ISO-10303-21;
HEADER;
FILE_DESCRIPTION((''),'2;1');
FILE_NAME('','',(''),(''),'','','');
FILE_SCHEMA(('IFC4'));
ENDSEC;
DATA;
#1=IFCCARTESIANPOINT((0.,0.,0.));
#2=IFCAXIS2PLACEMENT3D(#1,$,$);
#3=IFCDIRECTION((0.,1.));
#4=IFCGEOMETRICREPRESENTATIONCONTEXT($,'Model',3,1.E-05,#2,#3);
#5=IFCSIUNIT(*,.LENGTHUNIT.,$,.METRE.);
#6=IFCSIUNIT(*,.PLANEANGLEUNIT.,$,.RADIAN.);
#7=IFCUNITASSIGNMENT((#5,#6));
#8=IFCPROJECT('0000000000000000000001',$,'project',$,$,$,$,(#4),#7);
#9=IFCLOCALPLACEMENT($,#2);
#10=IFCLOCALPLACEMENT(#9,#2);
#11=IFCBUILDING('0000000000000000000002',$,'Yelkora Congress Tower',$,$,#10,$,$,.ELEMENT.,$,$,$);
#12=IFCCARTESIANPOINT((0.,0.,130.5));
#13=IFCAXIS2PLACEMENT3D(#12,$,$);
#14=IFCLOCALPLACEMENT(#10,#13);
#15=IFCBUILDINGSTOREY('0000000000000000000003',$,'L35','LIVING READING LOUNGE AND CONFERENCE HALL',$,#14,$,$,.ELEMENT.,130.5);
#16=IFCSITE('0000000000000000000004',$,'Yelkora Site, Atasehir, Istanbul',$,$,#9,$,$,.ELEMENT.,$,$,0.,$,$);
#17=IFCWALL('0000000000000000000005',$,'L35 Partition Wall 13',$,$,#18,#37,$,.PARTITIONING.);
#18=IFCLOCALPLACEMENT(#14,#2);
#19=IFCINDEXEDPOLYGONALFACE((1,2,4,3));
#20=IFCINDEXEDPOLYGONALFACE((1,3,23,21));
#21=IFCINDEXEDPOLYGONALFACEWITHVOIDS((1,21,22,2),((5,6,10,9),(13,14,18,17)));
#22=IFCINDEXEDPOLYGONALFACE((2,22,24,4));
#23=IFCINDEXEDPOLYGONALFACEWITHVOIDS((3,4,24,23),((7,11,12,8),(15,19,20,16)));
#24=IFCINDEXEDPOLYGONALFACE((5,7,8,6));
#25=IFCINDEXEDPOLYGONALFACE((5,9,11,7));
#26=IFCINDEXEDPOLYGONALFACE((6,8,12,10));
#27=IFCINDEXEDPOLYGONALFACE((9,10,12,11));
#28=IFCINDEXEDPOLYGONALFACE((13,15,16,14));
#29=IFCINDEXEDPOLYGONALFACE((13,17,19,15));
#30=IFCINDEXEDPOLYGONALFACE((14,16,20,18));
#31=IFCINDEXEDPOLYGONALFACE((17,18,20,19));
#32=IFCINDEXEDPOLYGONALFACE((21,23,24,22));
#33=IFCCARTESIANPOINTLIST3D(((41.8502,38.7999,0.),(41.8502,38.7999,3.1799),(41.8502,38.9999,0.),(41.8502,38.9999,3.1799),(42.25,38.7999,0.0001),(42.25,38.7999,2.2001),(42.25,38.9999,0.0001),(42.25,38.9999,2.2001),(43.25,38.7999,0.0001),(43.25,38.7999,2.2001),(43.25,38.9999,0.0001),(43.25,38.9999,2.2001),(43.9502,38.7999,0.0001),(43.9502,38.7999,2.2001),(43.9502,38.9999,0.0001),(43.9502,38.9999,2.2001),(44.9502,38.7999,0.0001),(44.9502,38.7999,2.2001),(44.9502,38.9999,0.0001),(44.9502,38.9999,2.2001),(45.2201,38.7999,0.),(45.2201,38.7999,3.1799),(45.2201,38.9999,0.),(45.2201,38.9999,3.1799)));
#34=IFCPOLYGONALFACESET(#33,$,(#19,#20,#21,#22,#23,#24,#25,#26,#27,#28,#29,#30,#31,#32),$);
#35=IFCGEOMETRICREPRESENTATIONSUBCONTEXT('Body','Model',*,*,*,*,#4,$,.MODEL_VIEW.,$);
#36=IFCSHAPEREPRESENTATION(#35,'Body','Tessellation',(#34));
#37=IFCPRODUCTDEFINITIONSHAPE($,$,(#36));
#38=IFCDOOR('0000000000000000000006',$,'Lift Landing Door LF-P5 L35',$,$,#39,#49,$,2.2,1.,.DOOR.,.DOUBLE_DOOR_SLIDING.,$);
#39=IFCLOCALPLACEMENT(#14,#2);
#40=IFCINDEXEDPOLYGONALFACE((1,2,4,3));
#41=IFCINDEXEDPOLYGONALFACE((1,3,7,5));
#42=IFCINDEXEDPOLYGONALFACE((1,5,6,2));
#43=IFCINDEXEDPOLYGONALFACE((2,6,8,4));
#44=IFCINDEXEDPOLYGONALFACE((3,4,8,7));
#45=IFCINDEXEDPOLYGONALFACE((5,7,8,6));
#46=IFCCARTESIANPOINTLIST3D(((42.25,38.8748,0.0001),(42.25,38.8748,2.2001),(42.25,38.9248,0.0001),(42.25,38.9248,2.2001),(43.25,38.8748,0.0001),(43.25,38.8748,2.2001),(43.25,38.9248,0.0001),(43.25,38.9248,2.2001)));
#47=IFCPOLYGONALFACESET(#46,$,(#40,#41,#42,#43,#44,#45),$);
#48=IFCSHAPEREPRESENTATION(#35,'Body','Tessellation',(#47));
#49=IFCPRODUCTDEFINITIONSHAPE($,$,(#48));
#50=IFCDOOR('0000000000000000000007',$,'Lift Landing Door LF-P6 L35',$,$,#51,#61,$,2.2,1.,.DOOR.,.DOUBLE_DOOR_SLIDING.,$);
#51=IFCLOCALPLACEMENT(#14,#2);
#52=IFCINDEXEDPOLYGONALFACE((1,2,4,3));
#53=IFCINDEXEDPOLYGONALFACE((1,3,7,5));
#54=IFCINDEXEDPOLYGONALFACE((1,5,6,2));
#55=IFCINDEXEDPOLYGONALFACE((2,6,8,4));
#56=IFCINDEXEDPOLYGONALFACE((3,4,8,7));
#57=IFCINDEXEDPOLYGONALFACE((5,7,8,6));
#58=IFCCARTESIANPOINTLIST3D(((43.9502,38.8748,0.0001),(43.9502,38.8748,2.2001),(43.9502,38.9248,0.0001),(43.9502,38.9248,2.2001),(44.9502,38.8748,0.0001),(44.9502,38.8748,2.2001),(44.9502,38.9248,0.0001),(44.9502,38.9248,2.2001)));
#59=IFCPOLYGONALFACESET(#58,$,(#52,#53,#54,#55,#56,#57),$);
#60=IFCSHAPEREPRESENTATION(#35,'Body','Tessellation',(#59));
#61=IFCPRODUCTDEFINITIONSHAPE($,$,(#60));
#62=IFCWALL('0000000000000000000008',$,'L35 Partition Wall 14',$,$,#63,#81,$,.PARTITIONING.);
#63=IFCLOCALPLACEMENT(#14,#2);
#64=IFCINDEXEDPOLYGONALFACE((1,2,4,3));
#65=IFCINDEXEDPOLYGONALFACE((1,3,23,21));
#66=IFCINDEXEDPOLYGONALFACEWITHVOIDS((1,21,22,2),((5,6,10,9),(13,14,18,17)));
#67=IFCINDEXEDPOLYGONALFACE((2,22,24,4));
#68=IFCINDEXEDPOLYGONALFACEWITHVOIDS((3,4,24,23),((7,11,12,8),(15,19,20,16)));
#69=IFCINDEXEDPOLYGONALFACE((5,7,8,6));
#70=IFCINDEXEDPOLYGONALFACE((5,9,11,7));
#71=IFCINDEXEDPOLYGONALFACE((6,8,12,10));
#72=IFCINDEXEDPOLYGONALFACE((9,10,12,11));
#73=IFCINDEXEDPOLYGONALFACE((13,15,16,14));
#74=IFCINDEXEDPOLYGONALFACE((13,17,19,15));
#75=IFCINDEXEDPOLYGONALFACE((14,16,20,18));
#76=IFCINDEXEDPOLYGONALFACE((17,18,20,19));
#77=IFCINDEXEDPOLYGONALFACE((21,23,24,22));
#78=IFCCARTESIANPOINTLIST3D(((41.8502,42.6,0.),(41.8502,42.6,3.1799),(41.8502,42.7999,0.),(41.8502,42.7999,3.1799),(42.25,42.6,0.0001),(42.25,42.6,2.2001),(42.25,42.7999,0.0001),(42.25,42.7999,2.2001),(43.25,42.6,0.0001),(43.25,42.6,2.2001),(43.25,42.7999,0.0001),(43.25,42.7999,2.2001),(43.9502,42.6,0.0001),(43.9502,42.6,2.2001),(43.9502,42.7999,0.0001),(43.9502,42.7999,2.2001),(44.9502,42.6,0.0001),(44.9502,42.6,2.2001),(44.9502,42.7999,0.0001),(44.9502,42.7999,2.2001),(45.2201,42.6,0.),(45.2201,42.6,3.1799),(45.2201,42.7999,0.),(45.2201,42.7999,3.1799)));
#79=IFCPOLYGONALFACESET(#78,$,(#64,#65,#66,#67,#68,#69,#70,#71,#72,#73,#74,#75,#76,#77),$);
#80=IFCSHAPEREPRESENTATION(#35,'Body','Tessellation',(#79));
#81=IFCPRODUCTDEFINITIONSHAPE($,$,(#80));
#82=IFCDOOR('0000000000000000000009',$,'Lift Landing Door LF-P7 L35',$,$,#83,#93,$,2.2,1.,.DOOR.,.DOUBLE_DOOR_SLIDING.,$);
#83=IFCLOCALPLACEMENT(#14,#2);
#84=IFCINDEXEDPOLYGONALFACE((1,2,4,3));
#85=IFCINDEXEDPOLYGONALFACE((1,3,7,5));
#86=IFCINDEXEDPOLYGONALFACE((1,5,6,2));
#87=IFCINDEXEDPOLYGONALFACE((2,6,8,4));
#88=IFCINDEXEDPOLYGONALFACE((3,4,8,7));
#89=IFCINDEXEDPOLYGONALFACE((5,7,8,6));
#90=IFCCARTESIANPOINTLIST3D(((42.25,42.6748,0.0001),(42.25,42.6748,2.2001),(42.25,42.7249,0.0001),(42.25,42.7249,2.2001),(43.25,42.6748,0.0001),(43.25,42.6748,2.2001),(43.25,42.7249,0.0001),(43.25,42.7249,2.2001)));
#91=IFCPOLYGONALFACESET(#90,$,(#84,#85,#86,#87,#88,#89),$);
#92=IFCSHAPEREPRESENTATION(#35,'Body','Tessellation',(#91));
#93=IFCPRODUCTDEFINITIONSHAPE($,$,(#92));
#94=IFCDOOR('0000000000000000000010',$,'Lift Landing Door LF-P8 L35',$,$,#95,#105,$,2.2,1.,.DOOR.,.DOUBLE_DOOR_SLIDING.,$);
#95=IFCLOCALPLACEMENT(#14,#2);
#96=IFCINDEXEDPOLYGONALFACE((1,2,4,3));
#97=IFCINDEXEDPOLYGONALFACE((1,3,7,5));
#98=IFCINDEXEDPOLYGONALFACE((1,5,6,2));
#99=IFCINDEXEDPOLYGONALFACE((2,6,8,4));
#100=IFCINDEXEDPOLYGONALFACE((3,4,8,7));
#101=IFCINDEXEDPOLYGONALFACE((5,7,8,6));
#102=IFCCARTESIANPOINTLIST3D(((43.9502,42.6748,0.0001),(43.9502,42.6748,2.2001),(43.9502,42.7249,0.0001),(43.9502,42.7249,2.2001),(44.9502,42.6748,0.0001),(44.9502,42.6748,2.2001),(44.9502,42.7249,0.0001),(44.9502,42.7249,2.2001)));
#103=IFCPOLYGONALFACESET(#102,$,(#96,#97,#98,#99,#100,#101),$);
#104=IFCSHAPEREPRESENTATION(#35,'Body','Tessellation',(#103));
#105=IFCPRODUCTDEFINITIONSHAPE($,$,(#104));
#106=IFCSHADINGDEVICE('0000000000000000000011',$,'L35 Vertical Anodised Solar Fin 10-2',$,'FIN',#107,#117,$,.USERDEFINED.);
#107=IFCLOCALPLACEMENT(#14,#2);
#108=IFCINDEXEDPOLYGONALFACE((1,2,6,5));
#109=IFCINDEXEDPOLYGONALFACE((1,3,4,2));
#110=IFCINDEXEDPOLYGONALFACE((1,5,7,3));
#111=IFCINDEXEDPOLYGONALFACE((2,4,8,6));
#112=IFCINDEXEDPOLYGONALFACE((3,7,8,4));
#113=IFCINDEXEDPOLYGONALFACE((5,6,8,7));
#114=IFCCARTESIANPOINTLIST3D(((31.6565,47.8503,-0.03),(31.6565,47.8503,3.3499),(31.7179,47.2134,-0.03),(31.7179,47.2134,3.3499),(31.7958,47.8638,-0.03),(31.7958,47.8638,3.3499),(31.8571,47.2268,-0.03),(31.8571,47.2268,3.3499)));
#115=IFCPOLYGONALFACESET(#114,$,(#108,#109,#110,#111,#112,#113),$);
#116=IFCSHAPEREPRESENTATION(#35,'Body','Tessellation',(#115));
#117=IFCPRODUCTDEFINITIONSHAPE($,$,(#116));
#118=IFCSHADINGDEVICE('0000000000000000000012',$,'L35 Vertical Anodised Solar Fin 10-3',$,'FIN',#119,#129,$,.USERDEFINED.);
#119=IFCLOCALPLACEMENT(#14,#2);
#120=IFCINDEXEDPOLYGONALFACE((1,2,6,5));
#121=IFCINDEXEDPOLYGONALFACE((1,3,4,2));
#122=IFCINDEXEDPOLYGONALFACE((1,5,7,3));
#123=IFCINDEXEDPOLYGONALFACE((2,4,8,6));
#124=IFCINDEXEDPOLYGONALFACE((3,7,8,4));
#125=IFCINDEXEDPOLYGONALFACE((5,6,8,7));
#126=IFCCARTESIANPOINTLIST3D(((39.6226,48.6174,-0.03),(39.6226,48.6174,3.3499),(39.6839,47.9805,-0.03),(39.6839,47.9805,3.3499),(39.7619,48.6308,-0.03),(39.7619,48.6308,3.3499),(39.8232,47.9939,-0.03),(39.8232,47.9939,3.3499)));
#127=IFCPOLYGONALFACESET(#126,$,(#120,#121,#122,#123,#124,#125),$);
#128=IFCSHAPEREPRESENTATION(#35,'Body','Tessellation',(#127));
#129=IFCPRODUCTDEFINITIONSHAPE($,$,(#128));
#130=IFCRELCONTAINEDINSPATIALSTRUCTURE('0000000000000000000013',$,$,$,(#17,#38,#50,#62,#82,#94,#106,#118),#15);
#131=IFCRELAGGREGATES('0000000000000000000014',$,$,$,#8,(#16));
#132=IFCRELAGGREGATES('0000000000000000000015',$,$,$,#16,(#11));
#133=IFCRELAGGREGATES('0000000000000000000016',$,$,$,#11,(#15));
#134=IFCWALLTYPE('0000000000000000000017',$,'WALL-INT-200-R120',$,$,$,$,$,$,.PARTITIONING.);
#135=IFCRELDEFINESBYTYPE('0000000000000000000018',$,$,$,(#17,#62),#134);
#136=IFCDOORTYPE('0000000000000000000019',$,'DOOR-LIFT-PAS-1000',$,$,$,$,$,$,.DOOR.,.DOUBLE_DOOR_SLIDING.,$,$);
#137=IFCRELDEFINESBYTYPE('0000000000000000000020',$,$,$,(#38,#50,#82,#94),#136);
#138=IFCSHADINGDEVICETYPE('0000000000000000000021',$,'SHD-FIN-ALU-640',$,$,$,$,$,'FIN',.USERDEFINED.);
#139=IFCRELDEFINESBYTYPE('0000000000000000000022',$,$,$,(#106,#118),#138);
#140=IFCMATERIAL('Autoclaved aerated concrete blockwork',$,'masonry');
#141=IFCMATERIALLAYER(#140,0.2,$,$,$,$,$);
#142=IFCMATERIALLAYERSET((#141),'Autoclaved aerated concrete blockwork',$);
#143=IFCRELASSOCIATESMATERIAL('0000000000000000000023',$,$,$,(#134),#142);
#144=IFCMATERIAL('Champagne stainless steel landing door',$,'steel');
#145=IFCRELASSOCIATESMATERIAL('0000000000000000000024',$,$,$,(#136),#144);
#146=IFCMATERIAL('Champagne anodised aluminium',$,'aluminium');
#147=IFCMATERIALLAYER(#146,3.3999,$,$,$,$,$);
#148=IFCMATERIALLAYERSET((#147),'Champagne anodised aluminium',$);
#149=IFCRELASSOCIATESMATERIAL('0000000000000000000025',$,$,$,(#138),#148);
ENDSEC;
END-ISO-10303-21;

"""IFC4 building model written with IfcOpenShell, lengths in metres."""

from ifc_helpers import new_model, si_unit, direction, frame, frame_2d, origin, origin_2d, place, context, subcontext, project, spatial, rectangle, extrude, material, layer, layer_set, type_object, element, fill, save


model = new_model("IFC4")

# Units and contexts
model_context = context("Model", 3, precision=1e-05, world=origin(), true_north=direction((0.0, 1.0)))
body_context = subcontext(model_context, "Body", "Model", "MODEL_VIEW")
ifc_project = project(units=[si_unit("LENGTHUNIT", "METRE"), si_unit("PLANEANGLEUNIT", "RADIAN")], contexts=[model_context])

# Site, building, storey
site_placement = place(None, origin())
site = spatial("IfcSite", under=ifc_project, at=site_placement, Name="Yelkora Site, Atasehir, Istanbul", CompositionType="ELEMENT", RefElevation=0.0)
building_placement = place(site_placement, origin())
building = spatial("IfcBuilding", under=site, at=building_placement, Name="Yelkora Congress Tower", CompositionType="ELEMENT")
storey_placement = place(building_placement, frame((0.0, 0.0, 130.5)))
storey = spatial("IfcBuildingStorey", under=building, at=storey_placement, Name="L35", Description="LIVING READING LOUNGE AND CONFERENCE HALL", CompositionType="ELEMENT", Elevation=130.5)

# Shared definitions
ifc_material_1 = material(Name="Autoclaved aerated concrete blockwork", Category="masonry")
ifc_layer_1 = layer(ifc_material_1, 0.2)
ifc_layer_set_1 = layer_set([ifc_layer_1], Name="Autoclaved aerated concrete blockwork")
wall_type_1 = type_object("IfcWallType", Name="WALL-INT-200-R120", PredefinedType="PARTITIONING", material=ifc_layer_set_1)

# Walls, openings, doors
wall_1_placement = place(storey_placement, frame((41.8501, 38.8999, 0.0), z_axis=(0.0, 0.0, 1.0), x_axis=(1.0, 0.0, 0.0)))
wall_1 = element("IfcWall", 1, at=wall_1_placement, inside=storey, type_object=wall_type_1, Name="L35 Partition Wall 13", PredefinedType="PARTITIONING", context=body_context, shape_type="SweptSolid", body=[
    extrude(rectangle(XDim=3.3699, YDim=0.2, at=frame_2d((1.6851, 0.0))), origin(), (0.0, 0.0, 1.0), 3.1799),
])
opening_1_placement = place(wall_1_placement, frame((0.3999, 0.0, 0.0)))
opening_1 = element("IfcOpeningElement", 2, at=opening_1_placement, cuts=wall_1, PredefinedType="OPENING", context=body_context, shape_type="SweptSolid", body=[
    extrude(rectangle(XDim=1.0, YDim=2.2, at=frame_2d((0.5, 1.1001))), frame((0.0, 0.1099, 0.0), z_axis=(0.0, -1.0, 0.0), x_axis=(1.0, 0.0, 0.0)), (0.0, 0.0, 1.0), 0.22),
])
opening_2_placement = place(wall_1_placement, frame((2.1001, 0.0, 0.0)))
opening_2 = element("IfcOpeningElement", 3, at=opening_2_placement, cuts=wall_1, PredefinedType="OPENING", context=body_context, shape_type="SweptSolid", body=[
    extrude(rectangle(XDim=1.0, YDim=2.2, at=frame_2d((0.5, 1.1001))), frame((0.0, 0.1099, 0.0), z_axis=(0.0, -1.0, 0.0), x_axis=(1.0, 0.0, 0.0)), (0.0, 0.0, 1.0), 0.22),
])
ifc_material_2 = material(Name="Champagne stainless steel landing door", Category="steel")
door_type_1 = type_object("IfcDoorType", Name="DOOR-LIFT-PAS-1000", OperationType="DOUBLE_DOOR_SLIDING", PredefinedType="DOOR", material=ifc_material_2)
door_1_placement = place(opening_1_placement, origin())
door_1 = element("IfcDoor", 4, at=door_1_placement, inside=storey, type_object=door_type_1, Name="Lift Landing Door LF-P5 L35", OperationType="DOUBLE_DOOR_SLIDING", OverallHeight=2.2, OverallWidth=1.0, PredefinedType="DOOR", context=body_context, shape_type="SweptSolid", body=[
    extrude(rectangle(XDim=1.0, YDim=2.2, at=frame_2d((0.5, 1.1001))), frame((0.0, 0.0249, 0.0), z_axis=(0.0, -1.0, 0.0), x_axis=(1.0, 0.0, 0.0)), (0.0, 0.0, 1.0), 0.05),
])
fill(opening_1, door_1)
door_2_placement = place(opening_2_placement, origin())
door_2 = element("IfcDoor", 5, at=door_2_placement, inside=storey, type_object=door_type_1, Name="Lift Landing Door LF-P6 L35", OperationType="DOUBLE_DOOR_SLIDING", OverallHeight=2.2, OverallWidth=1.0, PredefinedType="DOOR", context=body_context, shape_type="SweptSolid", body=[
    extrude(rectangle(XDim=1.0, YDim=2.2, at=frame_2d((0.5, 1.1001))), frame((0.0, 0.0249, 0.0), z_axis=(0.0, -1.0, 0.0), x_axis=(1.0, 0.0, 0.0)), (0.0, 0.0, 1.0), 0.05),
])
fill(opening_2, door_2)
wall_2_placement = place(storey_placement, frame((41.8501, 42.7, 0.0), z_axis=(0.0, 0.0, 1.0), x_axis=(1.0, 0.0, 0.0)))
wall_2 = element("IfcWall", 6, at=wall_2_placement, inside=storey, type_object=wall_type_1, Name="L35 Partition Wall 14", PredefinedType="PARTITIONING", context=body_context, shape_type="SweptSolid", body=[
    extrude(rectangle(XDim=3.3699, YDim=0.2, at=frame_2d((1.6851, 0.0))), origin(), (0.0, 0.0, 1.0), 3.1799),
])
opening_3_placement = place(wall_2_placement, frame((0.3999, 0.0, 0.0)))
opening_3 = element("IfcOpeningElement", 7, at=opening_3_placement, cuts=wall_2, PredefinedType="OPENING", context=body_context, shape_type="SweptSolid", body=[
    extrude(rectangle(XDim=1.0, YDim=2.2, at=frame_2d((0.5, 1.1001))), frame((0.0, 0.1099, 0.0), z_axis=(0.0, -1.0, 0.0), x_axis=(1.0, 0.0, 0.0)), (0.0, 0.0, 1.0), 0.22),
])
opening_4_placement = place(wall_2_placement, frame((2.1001, 0.0, 0.0)))
opening_4 = element("IfcOpeningElement", 8, at=opening_4_placement, cuts=wall_2, PredefinedType="OPENING", context=body_context, shape_type="SweptSolid", body=[
    extrude(rectangle(XDim=1.0, YDim=2.2, at=frame_2d((0.5, 1.1001))), frame((0.0, 0.1099, 0.0), z_axis=(0.0, -1.0, 0.0), x_axis=(1.0, 0.0, 0.0)), (0.0, 0.0, 1.0), 0.22),
])
door_3_placement = place(opening_3_placement, origin())
door_3 = element("IfcDoor", 9, at=door_3_placement, inside=storey, type_object=door_type_1, Name="Lift Landing Door LF-P7 L35", OperationType="DOUBLE_DOOR_SLIDING", OverallHeight=2.2, OverallWidth=1.0, PredefinedType="DOOR", context=body_context, shape_type="SweptSolid", body=[
    extrude(rectangle(XDim=1.0, YDim=2.2, at=frame_2d((0.5, 1.1001))), frame((0.0, 0.0249, 0.0), z_axis=(0.0, -1.0, 0.0), x_axis=(1.0, 0.0, 0.0)), (0.0, 0.0, 1.0), 0.05),
])
fill(opening_3, door_3)
door_4_placement = place(opening_4_placement, origin())
door_4 = element("IfcDoor", 10, at=door_4_placement, inside=storey, type_object=door_type_1, Name="Lift Landing Door LF-P8 L35", OperationType="DOUBLE_DOOR_SLIDING", OverallHeight=2.2, OverallWidth=1.0, PredefinedType="DOOR", context=body_context, shape_type="SweptSolid", body=[
    extrude(rectangle(XDim=1.0, YDim=2.2, at=frame_2d((0.5, 1.1001))), frame((0.0, 0.0249, 0.0), z_axis=(0.0, -1.0, 0.0), x_axis=(1.0, 0.0, 0.0)), (0.0, 0.0, 1.0), 0.05),
])
fill(opening_4, door_4)

# Shading devices
ifc_material_3 = material(Name="Champagne anodised aluminium", Category="aluminium")
ifc_layer_2 = layer(ifc_material_3, 3.3999)
ifc_layer_set_2 = layer_set([ifc_layer_2], Name="Champagne anodised aluminium")
shading_device_type = type_object("IfcShadingDeviceType", Name="SHD-FIN-ALU-640", ElementType="FIN", PredefinedType="USERDEFINED", material=ifc_layer_set_2)
for number, where, z_axis, x_axis, name in (
    (11, (31.7568, 47.5386, -0.03), (0.0, 0.0, 1.0), (0.995396, 0.095846, 0.0), "L35 Vertical Anodised Solar Fin 10-2"),
    (12, (39.7229, 48.3057, -0.03), (0.0, 0.0, 1.0), (0.995396, 0.095846, 0.0), "L35 Vertical Anodised Solar Fin 10-3"),
):
    element("IfcShadingDevice", number, at=place(storey_placement, frame(where, z_axis=z_axis, x_axis=x_axis)), inside=storey, type_object=shading_device_type, Name=name, ObjectType="FIN", PredefinedType="USERDEFINED", context=body_context, shape_type="SweptSolid", body=[
        extrude(rectangle(XDim=0.1399, YDim=0.6399, at=origin_2d()), origin(), (0.0, 0.0, 1.0), 3.3799),
    ])

save(model, "model.ifc")
